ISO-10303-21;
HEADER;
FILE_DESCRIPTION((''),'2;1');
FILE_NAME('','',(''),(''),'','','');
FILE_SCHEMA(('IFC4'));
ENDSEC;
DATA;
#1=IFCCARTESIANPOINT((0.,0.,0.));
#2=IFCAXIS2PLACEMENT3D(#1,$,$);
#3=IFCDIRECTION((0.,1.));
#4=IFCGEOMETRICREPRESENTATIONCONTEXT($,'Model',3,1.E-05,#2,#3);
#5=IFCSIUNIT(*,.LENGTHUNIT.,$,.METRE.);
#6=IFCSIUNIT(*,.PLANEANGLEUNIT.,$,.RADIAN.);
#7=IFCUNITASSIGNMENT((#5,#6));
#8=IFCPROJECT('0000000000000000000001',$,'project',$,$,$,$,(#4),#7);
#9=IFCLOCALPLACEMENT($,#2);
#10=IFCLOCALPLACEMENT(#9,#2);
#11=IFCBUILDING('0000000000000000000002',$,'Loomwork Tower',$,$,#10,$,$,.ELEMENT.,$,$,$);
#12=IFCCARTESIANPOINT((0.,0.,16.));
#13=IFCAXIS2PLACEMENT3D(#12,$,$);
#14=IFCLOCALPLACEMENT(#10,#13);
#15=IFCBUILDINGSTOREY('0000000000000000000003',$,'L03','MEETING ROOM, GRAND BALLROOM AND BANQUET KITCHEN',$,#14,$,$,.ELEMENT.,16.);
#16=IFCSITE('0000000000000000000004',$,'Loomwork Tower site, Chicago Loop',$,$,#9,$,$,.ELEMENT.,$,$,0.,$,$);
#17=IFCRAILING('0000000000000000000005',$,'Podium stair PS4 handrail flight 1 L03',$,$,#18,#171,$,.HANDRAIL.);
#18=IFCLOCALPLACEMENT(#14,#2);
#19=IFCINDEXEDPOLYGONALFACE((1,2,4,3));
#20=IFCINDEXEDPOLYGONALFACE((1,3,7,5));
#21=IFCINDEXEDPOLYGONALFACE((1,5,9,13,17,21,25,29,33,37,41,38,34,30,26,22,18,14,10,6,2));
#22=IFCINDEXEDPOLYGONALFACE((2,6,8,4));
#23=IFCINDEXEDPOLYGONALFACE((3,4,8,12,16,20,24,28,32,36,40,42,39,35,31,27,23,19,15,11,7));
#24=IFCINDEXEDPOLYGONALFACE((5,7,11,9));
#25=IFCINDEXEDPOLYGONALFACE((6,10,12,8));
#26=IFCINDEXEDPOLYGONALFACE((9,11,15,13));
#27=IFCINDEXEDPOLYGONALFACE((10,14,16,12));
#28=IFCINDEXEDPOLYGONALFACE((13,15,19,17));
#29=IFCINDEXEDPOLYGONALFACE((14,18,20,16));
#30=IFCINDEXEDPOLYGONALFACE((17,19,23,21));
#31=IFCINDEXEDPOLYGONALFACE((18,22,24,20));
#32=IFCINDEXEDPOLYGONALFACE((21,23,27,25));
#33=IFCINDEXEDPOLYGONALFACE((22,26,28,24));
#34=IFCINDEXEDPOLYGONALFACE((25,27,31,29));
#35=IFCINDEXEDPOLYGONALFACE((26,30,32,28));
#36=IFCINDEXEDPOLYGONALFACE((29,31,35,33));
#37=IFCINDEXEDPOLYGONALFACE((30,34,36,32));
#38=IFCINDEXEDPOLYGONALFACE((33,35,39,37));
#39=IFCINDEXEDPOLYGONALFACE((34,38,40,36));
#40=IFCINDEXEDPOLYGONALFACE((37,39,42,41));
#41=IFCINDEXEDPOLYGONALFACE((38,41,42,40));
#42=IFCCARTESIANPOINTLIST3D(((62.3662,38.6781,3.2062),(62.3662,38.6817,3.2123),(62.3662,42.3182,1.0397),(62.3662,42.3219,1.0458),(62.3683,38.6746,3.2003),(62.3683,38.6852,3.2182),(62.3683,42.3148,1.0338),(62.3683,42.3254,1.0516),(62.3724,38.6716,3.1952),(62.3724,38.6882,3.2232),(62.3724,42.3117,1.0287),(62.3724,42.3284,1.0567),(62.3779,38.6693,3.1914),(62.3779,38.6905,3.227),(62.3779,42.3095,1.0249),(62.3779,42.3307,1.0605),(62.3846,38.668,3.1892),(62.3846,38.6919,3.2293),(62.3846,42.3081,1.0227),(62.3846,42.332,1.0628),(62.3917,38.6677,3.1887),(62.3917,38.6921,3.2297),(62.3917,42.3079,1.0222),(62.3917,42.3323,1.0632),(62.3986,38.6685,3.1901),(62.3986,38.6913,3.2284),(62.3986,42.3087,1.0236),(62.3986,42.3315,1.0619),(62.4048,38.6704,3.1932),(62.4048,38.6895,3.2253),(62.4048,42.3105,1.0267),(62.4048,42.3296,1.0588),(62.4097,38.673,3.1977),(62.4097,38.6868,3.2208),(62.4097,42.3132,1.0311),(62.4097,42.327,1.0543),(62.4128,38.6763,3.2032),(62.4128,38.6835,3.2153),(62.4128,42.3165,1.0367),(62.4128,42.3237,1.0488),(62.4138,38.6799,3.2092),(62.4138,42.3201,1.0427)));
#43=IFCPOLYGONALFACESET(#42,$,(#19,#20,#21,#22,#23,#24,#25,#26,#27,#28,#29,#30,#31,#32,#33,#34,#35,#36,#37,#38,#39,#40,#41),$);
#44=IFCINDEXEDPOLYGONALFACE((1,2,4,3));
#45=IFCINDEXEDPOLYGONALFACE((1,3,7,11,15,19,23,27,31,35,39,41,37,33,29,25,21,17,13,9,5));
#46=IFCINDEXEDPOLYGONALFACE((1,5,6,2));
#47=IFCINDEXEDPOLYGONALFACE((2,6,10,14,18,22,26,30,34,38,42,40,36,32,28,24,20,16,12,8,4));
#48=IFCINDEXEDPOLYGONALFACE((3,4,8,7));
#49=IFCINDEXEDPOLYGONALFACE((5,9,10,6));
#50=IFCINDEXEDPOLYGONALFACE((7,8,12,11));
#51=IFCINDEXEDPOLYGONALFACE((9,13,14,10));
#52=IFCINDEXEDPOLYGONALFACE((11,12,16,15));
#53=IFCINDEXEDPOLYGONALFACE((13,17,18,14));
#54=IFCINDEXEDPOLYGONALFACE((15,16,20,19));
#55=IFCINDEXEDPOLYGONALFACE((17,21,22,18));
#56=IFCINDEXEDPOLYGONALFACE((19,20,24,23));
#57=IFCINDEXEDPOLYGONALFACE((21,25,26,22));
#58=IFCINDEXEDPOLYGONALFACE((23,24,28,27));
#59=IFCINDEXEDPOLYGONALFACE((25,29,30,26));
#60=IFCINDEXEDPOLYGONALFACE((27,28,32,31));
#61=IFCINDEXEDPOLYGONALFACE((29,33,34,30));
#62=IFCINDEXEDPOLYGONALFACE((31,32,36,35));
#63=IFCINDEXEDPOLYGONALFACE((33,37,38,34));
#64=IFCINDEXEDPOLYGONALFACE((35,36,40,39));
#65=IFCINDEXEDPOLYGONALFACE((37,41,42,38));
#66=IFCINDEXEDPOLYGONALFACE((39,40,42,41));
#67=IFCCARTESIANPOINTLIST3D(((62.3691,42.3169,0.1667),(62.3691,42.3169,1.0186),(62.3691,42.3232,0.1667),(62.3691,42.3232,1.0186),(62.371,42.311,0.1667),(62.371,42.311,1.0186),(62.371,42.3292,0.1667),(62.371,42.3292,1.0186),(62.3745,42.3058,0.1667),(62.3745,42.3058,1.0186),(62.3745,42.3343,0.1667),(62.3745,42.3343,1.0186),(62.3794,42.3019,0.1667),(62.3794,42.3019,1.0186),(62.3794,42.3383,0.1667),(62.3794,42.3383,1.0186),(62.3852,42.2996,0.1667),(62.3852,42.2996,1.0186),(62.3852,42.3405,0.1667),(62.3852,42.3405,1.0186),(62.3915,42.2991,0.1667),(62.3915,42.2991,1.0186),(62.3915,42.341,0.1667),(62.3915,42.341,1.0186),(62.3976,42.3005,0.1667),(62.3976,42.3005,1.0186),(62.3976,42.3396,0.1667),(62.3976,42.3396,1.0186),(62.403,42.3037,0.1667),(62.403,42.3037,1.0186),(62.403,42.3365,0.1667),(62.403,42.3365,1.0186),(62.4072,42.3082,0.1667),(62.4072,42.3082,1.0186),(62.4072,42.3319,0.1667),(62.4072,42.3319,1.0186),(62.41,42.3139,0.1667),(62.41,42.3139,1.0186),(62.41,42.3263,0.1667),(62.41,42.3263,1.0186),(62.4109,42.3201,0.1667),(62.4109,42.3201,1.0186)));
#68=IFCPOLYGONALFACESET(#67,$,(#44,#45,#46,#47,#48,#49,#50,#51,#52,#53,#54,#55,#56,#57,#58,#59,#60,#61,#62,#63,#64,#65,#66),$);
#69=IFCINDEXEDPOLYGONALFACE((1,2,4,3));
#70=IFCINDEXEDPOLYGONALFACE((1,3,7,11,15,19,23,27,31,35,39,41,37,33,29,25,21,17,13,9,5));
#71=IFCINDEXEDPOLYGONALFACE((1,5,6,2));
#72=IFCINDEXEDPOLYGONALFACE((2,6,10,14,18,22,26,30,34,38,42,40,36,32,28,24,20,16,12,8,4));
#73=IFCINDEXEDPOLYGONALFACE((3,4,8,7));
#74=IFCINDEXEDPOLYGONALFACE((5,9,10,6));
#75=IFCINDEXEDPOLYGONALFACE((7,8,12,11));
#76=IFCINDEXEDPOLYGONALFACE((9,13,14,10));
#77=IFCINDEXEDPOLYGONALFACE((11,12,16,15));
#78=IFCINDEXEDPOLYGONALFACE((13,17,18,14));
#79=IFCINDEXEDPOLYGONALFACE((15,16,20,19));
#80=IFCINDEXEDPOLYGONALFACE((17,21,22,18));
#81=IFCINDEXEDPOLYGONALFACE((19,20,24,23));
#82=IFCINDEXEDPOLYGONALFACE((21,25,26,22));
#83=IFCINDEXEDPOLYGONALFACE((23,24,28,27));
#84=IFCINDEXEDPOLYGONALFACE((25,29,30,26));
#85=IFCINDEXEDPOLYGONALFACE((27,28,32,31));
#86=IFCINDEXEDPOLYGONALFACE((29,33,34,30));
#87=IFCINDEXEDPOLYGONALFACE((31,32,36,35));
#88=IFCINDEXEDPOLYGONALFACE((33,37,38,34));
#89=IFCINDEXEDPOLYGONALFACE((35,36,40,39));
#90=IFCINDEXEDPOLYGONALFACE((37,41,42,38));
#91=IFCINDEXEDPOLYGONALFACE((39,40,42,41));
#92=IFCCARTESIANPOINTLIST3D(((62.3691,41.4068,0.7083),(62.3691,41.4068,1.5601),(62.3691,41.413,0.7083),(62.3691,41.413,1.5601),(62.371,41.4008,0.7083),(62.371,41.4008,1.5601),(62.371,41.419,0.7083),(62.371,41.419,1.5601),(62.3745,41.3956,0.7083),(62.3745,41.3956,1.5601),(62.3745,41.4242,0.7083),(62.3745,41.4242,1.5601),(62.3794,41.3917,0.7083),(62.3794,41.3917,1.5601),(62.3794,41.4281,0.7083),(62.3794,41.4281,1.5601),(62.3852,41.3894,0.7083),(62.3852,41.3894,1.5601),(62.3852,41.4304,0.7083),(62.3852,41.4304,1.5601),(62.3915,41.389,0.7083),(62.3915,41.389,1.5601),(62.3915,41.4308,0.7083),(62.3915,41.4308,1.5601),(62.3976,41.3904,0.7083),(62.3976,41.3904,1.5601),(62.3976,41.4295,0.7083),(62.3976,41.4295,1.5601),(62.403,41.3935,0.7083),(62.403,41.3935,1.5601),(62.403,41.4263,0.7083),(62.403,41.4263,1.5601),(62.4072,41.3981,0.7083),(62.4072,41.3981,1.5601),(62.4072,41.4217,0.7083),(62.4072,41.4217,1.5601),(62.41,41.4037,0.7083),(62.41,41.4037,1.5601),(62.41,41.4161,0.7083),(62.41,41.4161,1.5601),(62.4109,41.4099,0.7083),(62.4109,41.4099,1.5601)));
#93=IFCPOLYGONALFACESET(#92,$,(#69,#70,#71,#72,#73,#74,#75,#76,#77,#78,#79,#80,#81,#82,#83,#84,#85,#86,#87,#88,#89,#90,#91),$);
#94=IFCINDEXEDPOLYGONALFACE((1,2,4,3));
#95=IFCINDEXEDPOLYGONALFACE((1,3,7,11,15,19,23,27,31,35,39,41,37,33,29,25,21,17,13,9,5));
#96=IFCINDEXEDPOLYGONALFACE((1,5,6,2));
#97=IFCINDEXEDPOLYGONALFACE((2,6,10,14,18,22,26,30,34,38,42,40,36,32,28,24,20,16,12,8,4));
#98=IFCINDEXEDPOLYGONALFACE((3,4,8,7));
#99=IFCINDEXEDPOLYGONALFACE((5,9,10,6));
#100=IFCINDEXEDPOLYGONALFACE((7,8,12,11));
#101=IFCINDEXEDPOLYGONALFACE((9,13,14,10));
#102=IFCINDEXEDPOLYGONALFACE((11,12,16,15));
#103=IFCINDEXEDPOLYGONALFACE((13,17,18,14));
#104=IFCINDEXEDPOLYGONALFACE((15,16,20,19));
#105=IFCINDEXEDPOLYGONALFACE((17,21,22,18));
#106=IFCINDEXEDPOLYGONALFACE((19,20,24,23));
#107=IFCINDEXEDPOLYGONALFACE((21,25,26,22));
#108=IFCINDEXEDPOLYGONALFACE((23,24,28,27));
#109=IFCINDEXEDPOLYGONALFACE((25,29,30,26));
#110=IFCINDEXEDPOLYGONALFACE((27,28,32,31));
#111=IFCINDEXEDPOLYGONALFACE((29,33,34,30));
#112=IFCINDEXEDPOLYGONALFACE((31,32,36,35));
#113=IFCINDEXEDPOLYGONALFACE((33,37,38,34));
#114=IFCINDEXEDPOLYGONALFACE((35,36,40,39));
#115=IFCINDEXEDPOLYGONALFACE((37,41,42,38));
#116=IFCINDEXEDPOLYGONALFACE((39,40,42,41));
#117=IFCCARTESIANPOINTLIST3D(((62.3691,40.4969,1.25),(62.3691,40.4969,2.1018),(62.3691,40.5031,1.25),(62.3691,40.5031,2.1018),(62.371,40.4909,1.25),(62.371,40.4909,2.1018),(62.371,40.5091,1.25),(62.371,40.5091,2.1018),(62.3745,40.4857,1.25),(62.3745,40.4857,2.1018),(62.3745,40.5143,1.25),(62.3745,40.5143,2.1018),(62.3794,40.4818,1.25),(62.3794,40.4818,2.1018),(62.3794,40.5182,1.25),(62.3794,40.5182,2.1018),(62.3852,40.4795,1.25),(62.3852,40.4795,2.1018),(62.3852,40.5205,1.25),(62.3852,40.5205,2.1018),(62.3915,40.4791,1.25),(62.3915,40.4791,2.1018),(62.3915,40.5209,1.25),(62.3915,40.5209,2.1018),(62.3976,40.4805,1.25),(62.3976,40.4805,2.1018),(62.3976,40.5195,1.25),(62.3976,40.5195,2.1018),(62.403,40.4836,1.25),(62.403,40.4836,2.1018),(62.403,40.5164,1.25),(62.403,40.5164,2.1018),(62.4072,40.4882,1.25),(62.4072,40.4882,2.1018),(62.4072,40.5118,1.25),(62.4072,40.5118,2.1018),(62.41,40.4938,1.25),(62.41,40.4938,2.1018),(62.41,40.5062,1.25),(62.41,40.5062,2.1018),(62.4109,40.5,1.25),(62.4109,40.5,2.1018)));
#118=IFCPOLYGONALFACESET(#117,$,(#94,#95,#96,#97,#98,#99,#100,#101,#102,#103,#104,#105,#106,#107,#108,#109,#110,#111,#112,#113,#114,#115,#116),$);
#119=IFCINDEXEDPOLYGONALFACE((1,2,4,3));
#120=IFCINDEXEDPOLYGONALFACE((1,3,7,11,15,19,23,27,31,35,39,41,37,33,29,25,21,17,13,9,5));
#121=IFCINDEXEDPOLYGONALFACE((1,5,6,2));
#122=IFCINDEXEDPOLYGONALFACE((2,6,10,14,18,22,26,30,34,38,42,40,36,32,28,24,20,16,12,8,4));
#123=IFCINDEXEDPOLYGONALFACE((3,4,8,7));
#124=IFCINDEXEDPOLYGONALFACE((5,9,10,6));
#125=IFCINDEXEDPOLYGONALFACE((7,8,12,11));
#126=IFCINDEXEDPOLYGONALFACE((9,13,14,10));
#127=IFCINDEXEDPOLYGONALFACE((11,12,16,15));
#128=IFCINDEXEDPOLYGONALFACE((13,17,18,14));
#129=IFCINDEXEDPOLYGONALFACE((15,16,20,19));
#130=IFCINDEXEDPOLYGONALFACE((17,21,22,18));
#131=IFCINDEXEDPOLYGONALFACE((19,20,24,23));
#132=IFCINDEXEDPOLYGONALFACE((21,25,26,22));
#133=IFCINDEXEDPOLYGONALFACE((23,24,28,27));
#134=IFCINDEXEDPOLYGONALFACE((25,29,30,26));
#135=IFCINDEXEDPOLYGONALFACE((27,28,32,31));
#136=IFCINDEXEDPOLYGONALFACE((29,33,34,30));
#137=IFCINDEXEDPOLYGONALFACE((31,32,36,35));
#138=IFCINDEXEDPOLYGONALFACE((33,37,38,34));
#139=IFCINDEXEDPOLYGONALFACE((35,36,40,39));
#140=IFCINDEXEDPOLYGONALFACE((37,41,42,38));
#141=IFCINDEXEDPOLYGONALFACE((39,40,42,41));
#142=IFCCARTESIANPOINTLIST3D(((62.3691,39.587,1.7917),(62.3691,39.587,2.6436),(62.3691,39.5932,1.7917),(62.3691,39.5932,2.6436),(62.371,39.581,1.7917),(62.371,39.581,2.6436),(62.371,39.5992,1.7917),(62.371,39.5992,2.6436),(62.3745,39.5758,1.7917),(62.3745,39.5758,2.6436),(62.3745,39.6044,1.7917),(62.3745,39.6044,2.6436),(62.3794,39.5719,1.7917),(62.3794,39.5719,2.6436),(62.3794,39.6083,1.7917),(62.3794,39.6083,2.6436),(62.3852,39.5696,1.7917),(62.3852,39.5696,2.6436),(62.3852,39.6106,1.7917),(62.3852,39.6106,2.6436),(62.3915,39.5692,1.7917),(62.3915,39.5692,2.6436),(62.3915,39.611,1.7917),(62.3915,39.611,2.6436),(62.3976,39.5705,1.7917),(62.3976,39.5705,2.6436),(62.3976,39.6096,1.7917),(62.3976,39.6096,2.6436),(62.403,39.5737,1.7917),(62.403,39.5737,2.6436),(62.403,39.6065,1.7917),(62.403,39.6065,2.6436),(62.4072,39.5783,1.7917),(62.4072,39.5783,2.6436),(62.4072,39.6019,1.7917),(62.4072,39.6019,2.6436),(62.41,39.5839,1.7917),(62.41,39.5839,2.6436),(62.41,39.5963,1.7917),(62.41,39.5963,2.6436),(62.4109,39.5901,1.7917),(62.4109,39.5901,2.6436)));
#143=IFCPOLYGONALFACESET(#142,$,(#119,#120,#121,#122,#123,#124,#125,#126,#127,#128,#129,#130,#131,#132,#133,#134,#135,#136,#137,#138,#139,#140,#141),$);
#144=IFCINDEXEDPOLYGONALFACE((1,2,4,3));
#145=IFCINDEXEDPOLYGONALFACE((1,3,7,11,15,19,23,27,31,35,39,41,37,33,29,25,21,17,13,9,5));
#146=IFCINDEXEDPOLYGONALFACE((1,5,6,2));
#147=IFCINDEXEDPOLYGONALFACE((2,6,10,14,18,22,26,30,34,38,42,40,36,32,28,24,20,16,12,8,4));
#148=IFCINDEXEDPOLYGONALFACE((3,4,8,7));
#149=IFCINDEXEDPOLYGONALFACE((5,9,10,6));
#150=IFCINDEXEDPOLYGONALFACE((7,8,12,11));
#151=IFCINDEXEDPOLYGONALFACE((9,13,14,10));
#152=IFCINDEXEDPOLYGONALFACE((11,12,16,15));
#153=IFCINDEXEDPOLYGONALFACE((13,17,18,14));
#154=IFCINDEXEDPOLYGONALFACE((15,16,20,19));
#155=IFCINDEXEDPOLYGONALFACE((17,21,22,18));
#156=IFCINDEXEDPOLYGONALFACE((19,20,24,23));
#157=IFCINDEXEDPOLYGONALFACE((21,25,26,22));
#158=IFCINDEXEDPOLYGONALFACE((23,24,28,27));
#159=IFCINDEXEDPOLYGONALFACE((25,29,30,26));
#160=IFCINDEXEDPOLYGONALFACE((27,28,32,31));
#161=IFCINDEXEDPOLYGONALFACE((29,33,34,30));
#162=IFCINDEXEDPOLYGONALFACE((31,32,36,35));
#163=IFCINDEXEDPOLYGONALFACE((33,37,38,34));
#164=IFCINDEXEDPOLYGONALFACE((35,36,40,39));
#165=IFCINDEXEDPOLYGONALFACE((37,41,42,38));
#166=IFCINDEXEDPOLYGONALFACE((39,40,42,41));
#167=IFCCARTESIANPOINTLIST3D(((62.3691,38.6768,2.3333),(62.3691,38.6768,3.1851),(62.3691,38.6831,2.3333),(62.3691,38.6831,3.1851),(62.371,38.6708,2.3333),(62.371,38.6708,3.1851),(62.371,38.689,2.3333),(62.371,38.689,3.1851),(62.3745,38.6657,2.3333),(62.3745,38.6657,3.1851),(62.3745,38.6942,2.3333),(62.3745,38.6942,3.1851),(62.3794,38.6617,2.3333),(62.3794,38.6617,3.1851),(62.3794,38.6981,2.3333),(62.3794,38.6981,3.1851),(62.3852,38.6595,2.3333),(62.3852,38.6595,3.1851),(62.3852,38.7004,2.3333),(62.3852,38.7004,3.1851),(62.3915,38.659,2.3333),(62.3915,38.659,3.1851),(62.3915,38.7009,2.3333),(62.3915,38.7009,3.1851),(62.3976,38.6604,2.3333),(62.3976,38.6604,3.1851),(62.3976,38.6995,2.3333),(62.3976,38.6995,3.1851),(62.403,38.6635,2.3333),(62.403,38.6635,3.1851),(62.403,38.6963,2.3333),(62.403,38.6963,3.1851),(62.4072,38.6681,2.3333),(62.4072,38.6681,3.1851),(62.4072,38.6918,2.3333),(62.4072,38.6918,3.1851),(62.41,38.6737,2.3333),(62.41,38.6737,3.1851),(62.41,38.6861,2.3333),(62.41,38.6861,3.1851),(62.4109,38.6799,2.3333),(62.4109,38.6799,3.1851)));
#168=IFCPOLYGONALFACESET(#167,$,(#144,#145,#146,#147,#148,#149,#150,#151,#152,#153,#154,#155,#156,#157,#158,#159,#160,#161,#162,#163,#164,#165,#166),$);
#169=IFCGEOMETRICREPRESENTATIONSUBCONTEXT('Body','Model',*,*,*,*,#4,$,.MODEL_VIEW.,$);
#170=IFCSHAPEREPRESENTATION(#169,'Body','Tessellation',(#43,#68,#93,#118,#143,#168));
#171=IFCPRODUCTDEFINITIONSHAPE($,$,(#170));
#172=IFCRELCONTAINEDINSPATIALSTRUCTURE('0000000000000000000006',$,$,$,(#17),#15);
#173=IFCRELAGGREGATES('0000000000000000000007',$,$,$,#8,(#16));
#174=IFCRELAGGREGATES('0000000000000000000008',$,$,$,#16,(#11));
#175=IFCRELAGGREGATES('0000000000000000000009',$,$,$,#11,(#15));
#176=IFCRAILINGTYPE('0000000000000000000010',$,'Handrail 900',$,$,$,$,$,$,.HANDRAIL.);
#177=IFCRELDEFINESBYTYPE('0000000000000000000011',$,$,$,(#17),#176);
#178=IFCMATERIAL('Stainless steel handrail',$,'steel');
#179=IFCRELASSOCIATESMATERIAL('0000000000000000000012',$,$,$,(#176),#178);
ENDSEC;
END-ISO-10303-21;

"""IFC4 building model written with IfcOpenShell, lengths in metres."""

from ifc_helpers import new_model, si_unit, direction, frame, origin, origin_2d, place, context, subcontext, project, spatial, circle, extrude, material, type_object, element, save


model = new_model("IFC4")

# Units and contexts
model_context = context("Model", 3, precision=1e-05, world=origin(), true_north=direction((0.0, 1.0)))
body_context = subcontext(model_context, "Body", "Model", "MODEL_VIEW")
ifc_project = project(units=[si_unit("LENGTHUNIT", "METRE"), si_unit("PLANEANGLEUNIT", "RADIAN")], contexts=[model_context])

# Site, building, storey
site_placement = place(None, origin())
site = spatial("IfcSite", under=ifc_project, at=site_placement, Name="Loomwork Tower site, Chicago Loop", CompositionType="ELEMENT", RefElevation=0.0)
building_placement = place(site_placement, origin())
building = spatial("IfcBuilding", under=site, at=building_placement, Name="Loomwork Tower", CompositionType="ELEMENT")
storey_placement = place(building_placement, frame((0.0, 0.0, 16.0)))
storey = spatial("IfcBuildingStorey", under=building, at=storey_placement, Name="L03", Description="MEETING ROOM, GRAND BALLROOM AND BANQUET KITCHEN", CompositionType="ELEMENT", Elevation=16.0)

# Railing
ifc_material_1 = material(Name="Stainless steel handrail", Category="steel")
railing_type = type_object("IfcRailingType", Name="Handrail 900", PredefinedType="HANDRAIL", material=ifc_material_1)
railing_1_placement = place(storey_placement, frame((62.3899, 42.3201, 0.1667)))
element("IfcRailing", 1, at=railing_1_placement, inside=storey, type_object=railing_type, Name="Podium stair PS4 handrail flight 1 L03", PredefinedType="HANDRAIL", context=body_context, shape_type="SweptSolid", body=[
    extrude(circle(Radius=0.0239, at=origin_2d()), frame((0.0, 0.0, 0.876), z_axis=(0.0, -0.859318, 0.511441), x_axis=(1.0, 0.0, 0.0)), (0.0, 0.0, 1.0), 4.2361),
    extrude(circle(Radius=0.021, at=origin_2d()), origin(), (0.0, 0.0, 1.0), 0.8518),
    extrude(circle(Radius=0.021, at=origin_2d()), frame((0.0, -0.9102, 0.5415)), (0.0, 0.0, 1.0), 0.8518),
    extrude(circle(Radius=0.021, at=origin_2d()), frame((0.0, -1.8201, 1.0833)), (0.0, 0.0, 1.0), 0.8518),
    extrude(circle(Radius=0.021, at=origin_2d()), frame((0.0, -2.73, 1.625)), (0.0, 0.0, 1.0), 0.8518),
    extrude(circle(Radius=0.021, at=origin_2d()), frame((0.0, -3.6401, 2.1665)), (0.0, 0.0, 1.0), 0.8518),
])

save(model, "model.ifc")
